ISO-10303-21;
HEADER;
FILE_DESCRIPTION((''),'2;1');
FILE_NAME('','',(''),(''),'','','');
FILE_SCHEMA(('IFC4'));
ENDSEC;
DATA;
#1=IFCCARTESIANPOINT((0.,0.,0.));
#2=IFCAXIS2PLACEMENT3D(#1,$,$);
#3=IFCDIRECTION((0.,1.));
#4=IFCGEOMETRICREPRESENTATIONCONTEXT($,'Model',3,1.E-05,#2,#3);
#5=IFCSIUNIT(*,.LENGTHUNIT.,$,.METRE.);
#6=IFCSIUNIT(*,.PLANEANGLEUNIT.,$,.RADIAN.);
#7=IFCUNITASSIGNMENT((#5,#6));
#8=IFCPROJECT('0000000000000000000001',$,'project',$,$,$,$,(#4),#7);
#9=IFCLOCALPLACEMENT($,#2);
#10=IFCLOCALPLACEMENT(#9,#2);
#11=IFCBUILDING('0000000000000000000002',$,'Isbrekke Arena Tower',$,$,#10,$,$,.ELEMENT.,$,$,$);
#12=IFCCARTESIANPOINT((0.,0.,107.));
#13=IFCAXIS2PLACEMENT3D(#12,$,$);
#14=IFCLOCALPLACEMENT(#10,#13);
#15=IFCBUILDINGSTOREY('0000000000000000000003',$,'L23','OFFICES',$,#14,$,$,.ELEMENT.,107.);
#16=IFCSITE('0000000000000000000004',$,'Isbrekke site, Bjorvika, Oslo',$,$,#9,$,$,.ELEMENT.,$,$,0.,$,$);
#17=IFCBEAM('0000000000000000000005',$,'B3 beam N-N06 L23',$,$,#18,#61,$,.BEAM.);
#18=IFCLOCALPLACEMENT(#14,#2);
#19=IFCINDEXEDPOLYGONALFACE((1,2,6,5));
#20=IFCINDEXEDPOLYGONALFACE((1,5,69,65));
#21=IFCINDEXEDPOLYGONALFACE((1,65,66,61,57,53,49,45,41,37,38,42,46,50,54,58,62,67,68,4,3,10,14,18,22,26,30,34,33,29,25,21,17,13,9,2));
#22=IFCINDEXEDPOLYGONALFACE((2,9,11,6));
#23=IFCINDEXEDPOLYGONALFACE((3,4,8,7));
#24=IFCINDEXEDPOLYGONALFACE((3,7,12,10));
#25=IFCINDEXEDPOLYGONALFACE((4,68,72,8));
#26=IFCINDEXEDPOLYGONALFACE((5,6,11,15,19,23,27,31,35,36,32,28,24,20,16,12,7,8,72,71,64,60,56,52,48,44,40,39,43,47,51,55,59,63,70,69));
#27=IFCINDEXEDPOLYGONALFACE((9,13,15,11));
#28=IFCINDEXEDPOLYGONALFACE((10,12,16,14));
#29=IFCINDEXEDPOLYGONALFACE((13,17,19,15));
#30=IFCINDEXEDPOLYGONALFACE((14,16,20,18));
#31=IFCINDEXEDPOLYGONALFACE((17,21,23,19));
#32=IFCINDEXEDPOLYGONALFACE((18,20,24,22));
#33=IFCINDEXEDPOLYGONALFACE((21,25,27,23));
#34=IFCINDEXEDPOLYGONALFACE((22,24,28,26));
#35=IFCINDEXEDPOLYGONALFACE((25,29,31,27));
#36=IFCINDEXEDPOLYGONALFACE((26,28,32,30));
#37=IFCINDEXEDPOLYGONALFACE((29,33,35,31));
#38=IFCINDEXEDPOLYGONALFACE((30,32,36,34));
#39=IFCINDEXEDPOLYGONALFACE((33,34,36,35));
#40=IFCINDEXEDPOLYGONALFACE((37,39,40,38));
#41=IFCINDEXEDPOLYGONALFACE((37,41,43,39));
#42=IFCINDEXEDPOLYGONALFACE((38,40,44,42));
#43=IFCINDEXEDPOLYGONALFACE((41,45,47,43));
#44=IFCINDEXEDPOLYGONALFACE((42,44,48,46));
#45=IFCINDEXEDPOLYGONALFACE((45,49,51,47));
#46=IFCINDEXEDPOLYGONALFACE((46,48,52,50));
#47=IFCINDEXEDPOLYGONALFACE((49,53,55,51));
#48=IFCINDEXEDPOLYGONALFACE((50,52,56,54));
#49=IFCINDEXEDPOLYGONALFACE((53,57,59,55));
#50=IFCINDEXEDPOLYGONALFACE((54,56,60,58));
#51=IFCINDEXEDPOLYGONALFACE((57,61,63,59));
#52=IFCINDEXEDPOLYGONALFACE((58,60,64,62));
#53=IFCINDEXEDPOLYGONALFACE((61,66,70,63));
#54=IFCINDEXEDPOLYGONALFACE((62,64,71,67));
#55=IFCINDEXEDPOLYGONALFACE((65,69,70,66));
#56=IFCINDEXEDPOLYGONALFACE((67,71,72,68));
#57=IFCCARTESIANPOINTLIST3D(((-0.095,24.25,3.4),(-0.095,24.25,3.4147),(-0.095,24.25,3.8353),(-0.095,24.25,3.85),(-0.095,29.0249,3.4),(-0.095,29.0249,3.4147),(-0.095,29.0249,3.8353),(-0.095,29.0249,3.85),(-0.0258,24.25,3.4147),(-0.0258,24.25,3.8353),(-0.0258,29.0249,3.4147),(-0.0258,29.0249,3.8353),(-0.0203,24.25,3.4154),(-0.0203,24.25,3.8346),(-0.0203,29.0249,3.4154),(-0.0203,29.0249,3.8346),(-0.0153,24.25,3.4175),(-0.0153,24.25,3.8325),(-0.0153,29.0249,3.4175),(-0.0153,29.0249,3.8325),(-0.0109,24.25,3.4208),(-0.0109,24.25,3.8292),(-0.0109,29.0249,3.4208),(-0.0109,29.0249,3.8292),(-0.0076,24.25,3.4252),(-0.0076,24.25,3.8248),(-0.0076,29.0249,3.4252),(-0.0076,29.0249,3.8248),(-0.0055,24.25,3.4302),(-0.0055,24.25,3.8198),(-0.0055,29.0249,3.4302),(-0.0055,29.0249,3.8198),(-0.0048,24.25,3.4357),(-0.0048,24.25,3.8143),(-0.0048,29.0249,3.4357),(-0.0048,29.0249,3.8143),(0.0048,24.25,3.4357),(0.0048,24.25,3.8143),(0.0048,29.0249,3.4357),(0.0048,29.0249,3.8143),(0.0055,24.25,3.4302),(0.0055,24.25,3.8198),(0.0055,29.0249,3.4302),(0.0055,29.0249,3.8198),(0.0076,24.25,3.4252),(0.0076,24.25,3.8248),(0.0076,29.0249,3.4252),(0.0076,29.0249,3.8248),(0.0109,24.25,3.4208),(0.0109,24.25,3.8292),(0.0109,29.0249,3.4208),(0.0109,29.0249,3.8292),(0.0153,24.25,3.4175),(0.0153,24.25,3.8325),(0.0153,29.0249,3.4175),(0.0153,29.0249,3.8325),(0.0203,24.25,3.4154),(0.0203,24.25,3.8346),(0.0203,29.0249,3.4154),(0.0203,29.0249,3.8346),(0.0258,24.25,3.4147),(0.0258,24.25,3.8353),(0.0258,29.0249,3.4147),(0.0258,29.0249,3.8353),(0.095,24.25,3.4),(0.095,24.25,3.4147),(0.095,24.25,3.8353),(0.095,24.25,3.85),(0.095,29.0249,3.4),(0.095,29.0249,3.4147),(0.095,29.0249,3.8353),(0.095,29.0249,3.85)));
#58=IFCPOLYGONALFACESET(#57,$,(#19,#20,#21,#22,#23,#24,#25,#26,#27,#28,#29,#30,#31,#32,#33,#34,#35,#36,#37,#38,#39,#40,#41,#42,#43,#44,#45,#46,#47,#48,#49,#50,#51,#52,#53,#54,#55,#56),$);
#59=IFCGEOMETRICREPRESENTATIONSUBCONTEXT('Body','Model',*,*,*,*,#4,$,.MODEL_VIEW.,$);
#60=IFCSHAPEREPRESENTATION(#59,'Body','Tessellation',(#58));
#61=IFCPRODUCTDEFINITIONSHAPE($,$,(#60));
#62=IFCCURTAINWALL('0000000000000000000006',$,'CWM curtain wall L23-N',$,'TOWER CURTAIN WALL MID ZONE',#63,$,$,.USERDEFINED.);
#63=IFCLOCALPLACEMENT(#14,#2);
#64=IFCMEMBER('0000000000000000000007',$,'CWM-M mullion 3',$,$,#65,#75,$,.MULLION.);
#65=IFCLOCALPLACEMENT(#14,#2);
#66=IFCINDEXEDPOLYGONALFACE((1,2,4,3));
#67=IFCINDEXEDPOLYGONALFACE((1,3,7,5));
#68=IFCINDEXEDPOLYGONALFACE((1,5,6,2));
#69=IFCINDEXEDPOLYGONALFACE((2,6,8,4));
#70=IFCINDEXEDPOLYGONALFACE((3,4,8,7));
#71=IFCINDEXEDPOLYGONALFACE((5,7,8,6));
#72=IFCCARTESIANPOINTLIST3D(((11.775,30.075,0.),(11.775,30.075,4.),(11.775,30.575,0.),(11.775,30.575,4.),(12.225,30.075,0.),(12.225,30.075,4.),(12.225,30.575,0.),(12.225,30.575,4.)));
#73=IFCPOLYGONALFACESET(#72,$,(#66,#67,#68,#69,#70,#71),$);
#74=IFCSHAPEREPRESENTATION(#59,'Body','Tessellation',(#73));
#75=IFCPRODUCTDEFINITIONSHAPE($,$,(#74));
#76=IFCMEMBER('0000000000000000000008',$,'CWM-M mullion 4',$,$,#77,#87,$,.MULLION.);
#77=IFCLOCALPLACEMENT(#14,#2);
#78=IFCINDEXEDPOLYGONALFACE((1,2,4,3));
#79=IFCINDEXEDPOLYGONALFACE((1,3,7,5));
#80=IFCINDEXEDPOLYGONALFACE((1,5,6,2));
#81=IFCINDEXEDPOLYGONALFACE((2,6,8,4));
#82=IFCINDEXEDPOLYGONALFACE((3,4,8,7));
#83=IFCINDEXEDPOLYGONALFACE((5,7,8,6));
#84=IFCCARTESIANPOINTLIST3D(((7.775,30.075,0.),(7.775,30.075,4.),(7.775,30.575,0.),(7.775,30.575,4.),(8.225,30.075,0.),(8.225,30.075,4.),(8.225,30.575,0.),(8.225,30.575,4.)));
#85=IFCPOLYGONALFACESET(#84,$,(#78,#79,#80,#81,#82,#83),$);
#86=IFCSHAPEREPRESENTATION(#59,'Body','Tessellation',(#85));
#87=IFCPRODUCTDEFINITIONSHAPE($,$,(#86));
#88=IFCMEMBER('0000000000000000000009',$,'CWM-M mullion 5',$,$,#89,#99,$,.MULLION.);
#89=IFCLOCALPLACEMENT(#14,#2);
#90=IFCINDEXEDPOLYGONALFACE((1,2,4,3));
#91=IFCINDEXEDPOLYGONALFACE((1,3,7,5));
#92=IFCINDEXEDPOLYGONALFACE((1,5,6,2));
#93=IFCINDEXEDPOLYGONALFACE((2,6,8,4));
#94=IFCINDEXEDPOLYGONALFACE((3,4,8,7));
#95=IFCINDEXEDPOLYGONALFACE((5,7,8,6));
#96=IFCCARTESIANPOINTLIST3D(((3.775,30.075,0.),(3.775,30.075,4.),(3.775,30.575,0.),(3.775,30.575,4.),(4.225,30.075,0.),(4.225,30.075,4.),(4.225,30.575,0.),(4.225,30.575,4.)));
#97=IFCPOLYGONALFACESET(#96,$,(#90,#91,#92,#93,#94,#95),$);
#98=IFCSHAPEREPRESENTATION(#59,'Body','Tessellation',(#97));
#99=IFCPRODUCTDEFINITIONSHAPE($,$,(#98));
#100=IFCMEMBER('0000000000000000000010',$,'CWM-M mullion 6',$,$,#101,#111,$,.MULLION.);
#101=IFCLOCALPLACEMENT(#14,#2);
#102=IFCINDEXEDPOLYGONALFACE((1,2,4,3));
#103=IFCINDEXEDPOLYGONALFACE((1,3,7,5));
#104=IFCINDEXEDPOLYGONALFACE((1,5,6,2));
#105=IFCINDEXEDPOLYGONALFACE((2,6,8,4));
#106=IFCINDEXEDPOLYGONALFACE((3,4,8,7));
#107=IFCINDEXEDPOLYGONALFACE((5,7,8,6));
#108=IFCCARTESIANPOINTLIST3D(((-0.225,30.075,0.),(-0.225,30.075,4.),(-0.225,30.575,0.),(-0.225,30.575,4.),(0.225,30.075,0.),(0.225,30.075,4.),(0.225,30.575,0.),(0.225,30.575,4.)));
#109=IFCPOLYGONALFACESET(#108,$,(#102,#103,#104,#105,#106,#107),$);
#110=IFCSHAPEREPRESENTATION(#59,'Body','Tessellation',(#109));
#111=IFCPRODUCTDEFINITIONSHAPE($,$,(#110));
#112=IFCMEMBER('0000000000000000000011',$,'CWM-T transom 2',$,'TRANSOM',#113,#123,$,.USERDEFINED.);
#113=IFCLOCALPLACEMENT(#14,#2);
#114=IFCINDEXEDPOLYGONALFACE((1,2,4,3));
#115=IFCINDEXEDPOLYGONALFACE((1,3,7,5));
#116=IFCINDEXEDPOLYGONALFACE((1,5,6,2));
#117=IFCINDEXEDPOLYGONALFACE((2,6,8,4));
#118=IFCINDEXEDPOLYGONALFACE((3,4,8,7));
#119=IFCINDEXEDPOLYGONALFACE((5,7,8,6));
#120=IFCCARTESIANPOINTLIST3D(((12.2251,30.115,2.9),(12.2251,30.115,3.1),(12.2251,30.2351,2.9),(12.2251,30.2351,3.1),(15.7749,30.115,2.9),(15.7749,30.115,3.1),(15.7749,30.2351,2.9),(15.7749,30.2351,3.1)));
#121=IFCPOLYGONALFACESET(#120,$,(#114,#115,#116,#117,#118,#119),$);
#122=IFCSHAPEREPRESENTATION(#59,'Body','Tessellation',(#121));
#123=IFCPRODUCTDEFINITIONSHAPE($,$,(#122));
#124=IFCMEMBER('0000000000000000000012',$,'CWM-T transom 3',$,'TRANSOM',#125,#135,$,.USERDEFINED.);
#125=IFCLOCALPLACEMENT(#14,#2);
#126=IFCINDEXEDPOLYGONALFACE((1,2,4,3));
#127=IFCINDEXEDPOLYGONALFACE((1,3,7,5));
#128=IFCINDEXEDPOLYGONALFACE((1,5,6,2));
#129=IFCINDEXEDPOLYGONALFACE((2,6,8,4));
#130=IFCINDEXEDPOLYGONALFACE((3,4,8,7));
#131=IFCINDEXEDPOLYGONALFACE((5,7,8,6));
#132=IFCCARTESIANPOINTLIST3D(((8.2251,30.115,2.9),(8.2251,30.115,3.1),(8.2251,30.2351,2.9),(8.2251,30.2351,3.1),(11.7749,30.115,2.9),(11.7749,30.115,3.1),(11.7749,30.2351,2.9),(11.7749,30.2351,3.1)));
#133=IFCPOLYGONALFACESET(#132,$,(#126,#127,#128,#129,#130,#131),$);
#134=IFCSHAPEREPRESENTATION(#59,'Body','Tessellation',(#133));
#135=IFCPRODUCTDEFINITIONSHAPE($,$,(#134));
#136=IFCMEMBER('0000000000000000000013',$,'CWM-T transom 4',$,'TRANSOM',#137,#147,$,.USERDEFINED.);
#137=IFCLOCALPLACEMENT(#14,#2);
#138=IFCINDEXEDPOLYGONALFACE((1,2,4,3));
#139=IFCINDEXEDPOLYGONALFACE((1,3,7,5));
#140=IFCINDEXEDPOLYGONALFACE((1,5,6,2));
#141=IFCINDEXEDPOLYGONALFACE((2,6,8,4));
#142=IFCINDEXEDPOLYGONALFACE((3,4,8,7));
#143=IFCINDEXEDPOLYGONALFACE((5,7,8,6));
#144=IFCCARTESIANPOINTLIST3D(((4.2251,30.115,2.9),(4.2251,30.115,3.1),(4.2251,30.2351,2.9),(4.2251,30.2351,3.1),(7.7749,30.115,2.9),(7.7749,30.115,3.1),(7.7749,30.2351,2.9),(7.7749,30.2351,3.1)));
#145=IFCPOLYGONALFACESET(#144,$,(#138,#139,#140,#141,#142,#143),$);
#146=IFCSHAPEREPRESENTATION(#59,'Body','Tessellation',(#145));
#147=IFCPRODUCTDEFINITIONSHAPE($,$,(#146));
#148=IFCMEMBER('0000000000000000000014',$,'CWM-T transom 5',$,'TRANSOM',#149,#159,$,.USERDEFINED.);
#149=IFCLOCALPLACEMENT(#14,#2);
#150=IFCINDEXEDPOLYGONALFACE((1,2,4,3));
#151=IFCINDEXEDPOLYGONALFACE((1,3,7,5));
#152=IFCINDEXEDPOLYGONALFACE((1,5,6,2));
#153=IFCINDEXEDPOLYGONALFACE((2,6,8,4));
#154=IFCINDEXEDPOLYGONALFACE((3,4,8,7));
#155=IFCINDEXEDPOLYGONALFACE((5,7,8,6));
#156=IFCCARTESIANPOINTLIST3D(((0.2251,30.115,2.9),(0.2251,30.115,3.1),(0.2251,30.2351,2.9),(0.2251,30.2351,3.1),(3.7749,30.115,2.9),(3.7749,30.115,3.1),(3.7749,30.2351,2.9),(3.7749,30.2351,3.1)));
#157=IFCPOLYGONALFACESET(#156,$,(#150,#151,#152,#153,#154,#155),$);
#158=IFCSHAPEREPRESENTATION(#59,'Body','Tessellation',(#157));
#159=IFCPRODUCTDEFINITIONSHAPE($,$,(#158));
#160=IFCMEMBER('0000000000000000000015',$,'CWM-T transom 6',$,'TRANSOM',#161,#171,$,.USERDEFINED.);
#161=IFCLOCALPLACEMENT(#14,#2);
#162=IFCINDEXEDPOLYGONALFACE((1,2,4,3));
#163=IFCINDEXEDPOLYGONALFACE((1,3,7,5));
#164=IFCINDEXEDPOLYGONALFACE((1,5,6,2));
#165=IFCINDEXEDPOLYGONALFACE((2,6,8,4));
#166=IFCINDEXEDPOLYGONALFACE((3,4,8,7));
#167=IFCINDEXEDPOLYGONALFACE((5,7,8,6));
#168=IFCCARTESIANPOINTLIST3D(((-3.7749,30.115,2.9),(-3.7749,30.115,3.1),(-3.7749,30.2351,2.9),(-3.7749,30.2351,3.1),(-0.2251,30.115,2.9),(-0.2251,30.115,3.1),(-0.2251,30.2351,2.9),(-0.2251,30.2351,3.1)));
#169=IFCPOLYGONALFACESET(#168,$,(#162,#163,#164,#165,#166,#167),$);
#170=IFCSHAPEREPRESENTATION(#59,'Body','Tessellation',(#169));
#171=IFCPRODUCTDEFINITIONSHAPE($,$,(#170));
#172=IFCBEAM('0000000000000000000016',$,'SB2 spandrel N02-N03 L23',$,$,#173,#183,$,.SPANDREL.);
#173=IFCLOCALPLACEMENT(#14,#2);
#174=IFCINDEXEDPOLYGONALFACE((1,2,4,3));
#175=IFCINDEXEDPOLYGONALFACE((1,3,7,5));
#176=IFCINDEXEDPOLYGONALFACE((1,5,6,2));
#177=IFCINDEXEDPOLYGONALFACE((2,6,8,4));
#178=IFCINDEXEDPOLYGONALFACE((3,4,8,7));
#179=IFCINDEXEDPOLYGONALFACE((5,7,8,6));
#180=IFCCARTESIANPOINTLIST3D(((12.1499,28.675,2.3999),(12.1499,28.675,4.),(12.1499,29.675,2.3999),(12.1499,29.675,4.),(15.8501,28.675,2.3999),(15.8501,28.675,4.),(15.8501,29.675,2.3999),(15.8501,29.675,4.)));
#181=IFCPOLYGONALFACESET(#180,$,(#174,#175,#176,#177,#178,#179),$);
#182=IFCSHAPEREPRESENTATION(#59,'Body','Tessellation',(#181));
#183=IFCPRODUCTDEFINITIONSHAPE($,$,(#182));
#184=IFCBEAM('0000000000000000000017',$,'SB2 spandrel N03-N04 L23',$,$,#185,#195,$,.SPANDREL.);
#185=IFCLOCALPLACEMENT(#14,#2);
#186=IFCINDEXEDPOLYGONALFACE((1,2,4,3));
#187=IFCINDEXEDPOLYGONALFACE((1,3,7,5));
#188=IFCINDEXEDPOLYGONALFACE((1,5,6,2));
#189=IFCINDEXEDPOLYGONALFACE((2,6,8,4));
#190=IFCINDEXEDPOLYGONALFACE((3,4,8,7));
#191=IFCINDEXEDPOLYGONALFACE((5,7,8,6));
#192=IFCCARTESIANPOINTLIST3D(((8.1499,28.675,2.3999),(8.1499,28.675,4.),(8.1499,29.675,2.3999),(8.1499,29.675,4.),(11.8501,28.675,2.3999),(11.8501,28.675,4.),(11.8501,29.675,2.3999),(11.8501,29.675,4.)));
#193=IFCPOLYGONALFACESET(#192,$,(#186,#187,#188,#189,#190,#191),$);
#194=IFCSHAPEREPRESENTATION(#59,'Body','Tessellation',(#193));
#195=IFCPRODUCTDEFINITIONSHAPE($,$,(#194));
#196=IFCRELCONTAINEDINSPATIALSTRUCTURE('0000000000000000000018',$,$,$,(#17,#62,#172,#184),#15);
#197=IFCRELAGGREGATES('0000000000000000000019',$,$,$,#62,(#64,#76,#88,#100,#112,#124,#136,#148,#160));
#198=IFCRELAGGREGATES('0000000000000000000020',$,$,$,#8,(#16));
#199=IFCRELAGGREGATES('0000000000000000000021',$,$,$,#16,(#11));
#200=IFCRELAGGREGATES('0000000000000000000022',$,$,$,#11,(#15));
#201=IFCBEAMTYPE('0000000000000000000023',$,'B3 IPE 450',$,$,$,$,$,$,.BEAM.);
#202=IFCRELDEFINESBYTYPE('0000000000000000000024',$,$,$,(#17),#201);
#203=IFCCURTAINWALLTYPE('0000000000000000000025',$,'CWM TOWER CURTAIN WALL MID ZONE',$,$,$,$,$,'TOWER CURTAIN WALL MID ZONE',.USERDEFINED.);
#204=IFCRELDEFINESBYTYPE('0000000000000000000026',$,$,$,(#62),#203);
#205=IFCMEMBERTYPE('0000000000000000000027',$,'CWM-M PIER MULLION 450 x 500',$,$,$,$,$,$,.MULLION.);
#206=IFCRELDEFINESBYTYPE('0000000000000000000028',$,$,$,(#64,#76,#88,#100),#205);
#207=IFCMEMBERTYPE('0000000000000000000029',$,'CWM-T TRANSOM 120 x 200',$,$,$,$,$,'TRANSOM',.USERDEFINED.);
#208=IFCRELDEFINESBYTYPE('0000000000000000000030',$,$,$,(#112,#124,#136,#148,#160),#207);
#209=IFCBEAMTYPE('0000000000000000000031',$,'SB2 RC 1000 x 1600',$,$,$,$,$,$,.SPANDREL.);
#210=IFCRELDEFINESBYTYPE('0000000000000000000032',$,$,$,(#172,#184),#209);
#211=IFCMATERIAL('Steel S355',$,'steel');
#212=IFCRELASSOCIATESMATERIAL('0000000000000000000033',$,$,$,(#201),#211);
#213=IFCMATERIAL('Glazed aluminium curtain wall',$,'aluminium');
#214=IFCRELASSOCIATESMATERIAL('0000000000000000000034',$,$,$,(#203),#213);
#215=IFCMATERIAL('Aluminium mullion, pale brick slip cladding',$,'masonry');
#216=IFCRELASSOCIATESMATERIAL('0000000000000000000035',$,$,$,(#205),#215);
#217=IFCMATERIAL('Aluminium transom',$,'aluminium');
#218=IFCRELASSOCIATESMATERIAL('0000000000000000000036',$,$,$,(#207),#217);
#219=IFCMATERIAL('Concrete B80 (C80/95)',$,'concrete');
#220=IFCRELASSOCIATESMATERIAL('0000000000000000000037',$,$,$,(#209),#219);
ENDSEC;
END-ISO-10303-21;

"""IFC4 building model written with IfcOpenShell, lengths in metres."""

from ifc_helpers import new_model, si_unit, direction, frame, origin, origin_2d, place, context, subcontext, project, spatial, rectangle, i_section, extrude, material, material_profile, profile_set, type_object, element, aggregate, save


model = new_model("IFC4")

# Units and contexts
model_context = context("Model", 3, precision=1e-05, world=origin(), true_north=direction((0.0, 1.0)))
body_context = subcontext(model_context, "Body", "Model", "MODEL_VIEW")
ifc_project = project(units=[si_unit("LENGTHUNIT", "METRE"), si_unit("PLANEANGLEUNIT", "RADIAN")], contexts=[model_context])

# Site, building, storey
site_placement = place(None, origin())
site = spatial("IfcSite", under=ifc_project, at=site_placement, Name="Isbrekke site, Bjorvika, Oslo", CompositionType="ELEMENT", RefElevation=0.0)
building_placement = place(site_placement, origin())
building = spatial("IfcBuilding", under=site, at=building_placement, Name="Isbrekke Arena Tower", CompositionType="ELEMENT")
storey_placement = place(building_placement, frame((0.0, 0.0, 107.0)))
storey = spatial("IfcBuildingStorey", under=building, at=storey_placement, Name="L23", Description="OFFICES", CompositionType="ELEMENT", Elevation=107.0)

# Beam
ifc_material_1 = material(Name="Steel S355", Category="steel")
ifc_material_profile_1 = material_profile(ifc_material_1, i_section(OverallWidth=0.1899, OverallDepth=0.45, WebThickness=0.0095, FlangeThickness=0.0146, FilletRadius=0.021, at=origin_2d()), Name="IPE 450")
ifc_profile_set_1 = profile_set([ifc_material_profile_1], Name="Steel S355")
beam_type_1 = type_object("IfcBeamType", Name="B3 IPE 450", PredefinedType="BEAM", material=ifc_profile_set_1)
beam_1_placement = place(storey_placement, frame((0.0, 29.0249, 3.625), z_axis=(0.0, -1.0, 0.0), x_axis=(1.0, 0.0, 0.0)))
element("IfcBeam", 1, at=beam_1_placement, inside=storey, type_object=beam_type_1, Name="B3 beam N-N06 L23", PredefinedType="BEAM", context=body_context, shape_type="SweptSolid", body=[
    extrude(i_section(OverallWidth=0.1899, OverallDepth=0.45, WebThickness=0.0095, FlangeThickness=0.0146, FilletRadius=0.021, at=origin_2d()), origin(), (0.0, 0.0, 1.0), 4.7749),
])

# Curtain wall, members
ifc_material_2 = material(Name="Glazed aluminium curtain wall", Category="aluminium")
curtain_wall_type = type_object("IfcCurtainWallType", Name="CWM TOWER CURTAIN WALL MID ZONE", ElementType="TOWER CURTAIN WALL MID ZONE", PredefinedType="USERDEFINED", material=ifc_material_2)
curtain_wall_placement = place(storey_placement, origin())
curtain_wall = element("IfcCurtainWall", 2, at=curtain_wall_placement, inside=storey, type_object=curtain_wall_type, Name="CWM curtain wall L23-N", ObjectType="TOWER CURTAIN WALL MID ZONE", PredefinedType="USERDEFINED")
ifc_material_3 = material(Name="Aluminium mullion, pale brick slip cladding", Category="masonry")
ifc_material_profile_2 = material_profile(ifc_material_3, rectangle(XDim=0.45, YDim=0.5, at=origin_2d()), Name="PIER 450X500")
ifc_profile_set_2 = profile_set([ifc_material_profile_2], Name="Aluminium mullion, pale brick slip cladding")
member_type_1 = type_object("IfcMemberType", Name="CWM-M PIER MULLION 450 x 500", PredefinedType="MULLION", material=ifc_profile_set_2)
member_1_placement = place(storey_placement, frame((12.0, 30.325, 0.0), z_axis=(0.0, 0.0, 1.0), x_axis=(-1.0, 0.0, 0.0)))
member_1 = element("IfcMember", 3, at=member_1_placement, type_object=member_type_1, Name="CWM-M mullion 3", PredefinedType="MULLION", context=body_context, shape_type="SweptSolid", body=[
    extrude(rectangle(XDim=0.45, YDim=0.5, at=origin_2d()), origin(), (0.0, 0.0, 1.0), 4.0),
])
member_2_placement = place(storey_placement, frame((8.0, 30.325, 0.0), z_axis=(0.0, 0.0, 1.0), x_axis=(-1.0, 0.0, 0.0)))
member_2 = element("IfcMember", 4, at=member_2_placement, type_object=member_type_1, Name="CWM-M mullion 4", PredefinedType="MULLION", context=body_context, shape_type="SweptSolid", body=[
    extrude(rectangle(XDim=0.45, YDim=0.5, at=origin_2d()), origin(), (0.0, 0.0, 1.0), 4.0),
])
member_3_placement = place(storey_placement, frame((4.0, 30.325, 0.0), z_axis=(0.0, 0.0, 1.0), x_axis=(-1.0, 0.0, 0.0)))
member_3 = element("IfcMember", 5, at=member_3_placement, type_object=member_type_1, Name="CWM-M mullion 5", PredefinedType="MULLION", context=body_context, shape_type="SweptSolid", body=[
    extrude(rectangle(XDim=0.45, YDim=0.5, at=origin_2d()), origin(), (0.0, 0.0, 1.0), 4.0),
])
member_4_placement = place(storey_placement, frame((0.0, 30.325, 0.0), z_axis=(0.0, 0.0, 1.0), x_axis=(-1.0, 0.0, 0.0)))
member_4 = element("IfcMember", 6, at=member_4_placement, type_object=member_type_1, Name="CWM-M mullion 6", PredefinedType="MULLION", context=body_context, shape_type="SweptSolid", body=[
    extrude(rectangle(XDim=0.45, YDim=0.5, at=origin_2d()), origin(), (0.0, 0.0, 1.0), 4.0),
])
ifc_material_4 = material(Name="Aluminium transom", Category="aluminium")
ifc_material_profile_3 = material_profile(ifc_material_4, rectangle(XDim=0.1201, YDim=0.2, at=origin_2d()), Name="TRANSOM 120X200")
ifc_profile_set_3 = profile_set([ifc_material_profile_3], Name="Aluminium transom")
member_type_2 = type_object("IfcMemberType", Name="CWM-T TRANSOM 120 x 200", ElementType="TRANSOM", PredefinedType="USERDEFINED", material=ifc_profile_set_3)
member_5_placement = place(storey_placement, frame((15.7749, 30.175, 3.0), z_axis=(-1.0, 0.0, 0.0), x_axis=(0.0, -1.0, 0.0)))
member_5 = element("IfcMember", 7, at=member_5_placement, type_object=member_type_2, Name="CWM-T transom 2", ObjectType="TRANSOM", PredefinedType="USERDEFINED", context=body_context, shape_type="SweptSolid", body=[
    extrude(rectangle(XDim=0.1201, YDim=0.2, at=origin_2d()), origin(), (0.0, 0.0, 1.0), 3.5498),
])
member_6_placement = place(storey_placement, frame((11.7749, 30.175, 3.0), z_axis=(-1.0, 0.0, 0.0), x_axis=(0.0, -1.0, 0.0)))
member_6 = element("IfcMember", 8, at=member_6_placement, type_object=member_type_2, Name="CWM-T transom 3", ObjectType="TRANSOM", PredefinedType="USERDEFINED", context=body_context, shape_type="SweptSolid", body=[
    extrude(rectangle(XDim=0.1201, YDim=0.2, at=origin_2d()), origin(), (0.0, 0.0, 1.0), 3.5498),
])
member_7_placement = place(storey_placement, frame((7.7749, 30.175, 3.0), z_axis=(-1.0, 0.0, 0.0), x_axis=(0.0, -1.0, 0.0)))
member_7 = element("IfcMember", 9, at=member_7_placement, type_object=member_type_2, Name="CWM-T transom 4", ObjectType="TRANSOM", PredefinedType="USERDEFINED", context=body_context, shape_type="SweptSolid", body=[
    extrude(rectangle(XDim=0.1201, YDim=0.2, at=origin_2d()), origin(), (0.0, 0.0, 1.0), 3.5498),
])
member_8_placement = place(storey_placement, frame((3.7749, 30.175, 3.0), z_axis=(-1.0, 0.0, 0.0), x_axis=(0.0, -1.0, 0.0)))
member_8 = element("IfcMember", 10, at=member_8_placement, type_object=member_type_2, Name="CWM-T transom 5", ObjectType="TRANSOM", PredefinedType="USERDEFINED", context=body_context, shape_type="SweptSolid", body=[
    extrude(rectangle(XDim=0.1201, YDim=0.2, at=origin_2d()), origin(), (0.0, 0.0, 1.0), 3.5498),
])
member_9_placement = place(storey_placement, frame((-0.2251, 30.175, 3.0), z_axis=(-1.0, 0.0, 0.0), x_axis=(0.0, -1.0, 0.0)))
member_9 = element("IfcMember", 11, at=member_9_placement, type_object=member_type_2, Name="CWM-T transom 6", ObjectType="TRANSOM", PredefinedType="USERDEFINED", context=body_context, shape_type="SweptSolid", body=[
    extrude(rectangle(XDim=0.1201, YDim=0.2, at=origin_2d()), origin(), (0.0, 0.0, 1.0), 3.5498),
])

# Beams
ifc_material_5 = material(Name="Concrete B80 (C80/95)", Category="concrete")
ifc_material_profile_4 = material_profile(ifc_material_5, rectangle(XDim=1.0, YDim=1.6001, at=origin_2d()), Name="RC 1000x1600")
ifc_profile_set_4 = profile_set([ifc_material_profile_4], Name="Concrete B80 (C80/95)")
beam_type_2 = type_object("IfcBeamType", Name="SB2 RC 1000 x 1600", PredefinedType="SPANDREL", material=ifc_profile_set_4)
for number, where, z_axis, x_axis, name in (
    (12, (15.8501, 29.175, 3.2), (-1.0, 0.0, 0.0), (0.0, -1.0, 0.0), "SB2 spandrel N02-N03 L23"),
    (13, (11.8501, 29.175, 3.2), (-1.0, 0.0, 0.0), (0.0, -1.0, 0.0), "SB2 spandrel N03-N04 L23"),
):
    element("IfcBeam", number, at=place(storey_placement, frame(where, z_axis=z_axis, x_axis=x_axis)), inside=storey, type_object=beam_type_2, Name=name, PredefinedType="SPANDREL", context=body_context, shape_type="SweptSolid", body=[
        extrude(rectangle(XDim=1.0, YDim=1.6001, at=origin_2d()), origin(), (0.0, 0.0, 1.0), 3.7002),
    ])

aggregate(curtain_wall, [member_1, member_2, member_3, member_4, member_5, member_6, member_7, member_8, member_9])

save(model, "model.ifc")
